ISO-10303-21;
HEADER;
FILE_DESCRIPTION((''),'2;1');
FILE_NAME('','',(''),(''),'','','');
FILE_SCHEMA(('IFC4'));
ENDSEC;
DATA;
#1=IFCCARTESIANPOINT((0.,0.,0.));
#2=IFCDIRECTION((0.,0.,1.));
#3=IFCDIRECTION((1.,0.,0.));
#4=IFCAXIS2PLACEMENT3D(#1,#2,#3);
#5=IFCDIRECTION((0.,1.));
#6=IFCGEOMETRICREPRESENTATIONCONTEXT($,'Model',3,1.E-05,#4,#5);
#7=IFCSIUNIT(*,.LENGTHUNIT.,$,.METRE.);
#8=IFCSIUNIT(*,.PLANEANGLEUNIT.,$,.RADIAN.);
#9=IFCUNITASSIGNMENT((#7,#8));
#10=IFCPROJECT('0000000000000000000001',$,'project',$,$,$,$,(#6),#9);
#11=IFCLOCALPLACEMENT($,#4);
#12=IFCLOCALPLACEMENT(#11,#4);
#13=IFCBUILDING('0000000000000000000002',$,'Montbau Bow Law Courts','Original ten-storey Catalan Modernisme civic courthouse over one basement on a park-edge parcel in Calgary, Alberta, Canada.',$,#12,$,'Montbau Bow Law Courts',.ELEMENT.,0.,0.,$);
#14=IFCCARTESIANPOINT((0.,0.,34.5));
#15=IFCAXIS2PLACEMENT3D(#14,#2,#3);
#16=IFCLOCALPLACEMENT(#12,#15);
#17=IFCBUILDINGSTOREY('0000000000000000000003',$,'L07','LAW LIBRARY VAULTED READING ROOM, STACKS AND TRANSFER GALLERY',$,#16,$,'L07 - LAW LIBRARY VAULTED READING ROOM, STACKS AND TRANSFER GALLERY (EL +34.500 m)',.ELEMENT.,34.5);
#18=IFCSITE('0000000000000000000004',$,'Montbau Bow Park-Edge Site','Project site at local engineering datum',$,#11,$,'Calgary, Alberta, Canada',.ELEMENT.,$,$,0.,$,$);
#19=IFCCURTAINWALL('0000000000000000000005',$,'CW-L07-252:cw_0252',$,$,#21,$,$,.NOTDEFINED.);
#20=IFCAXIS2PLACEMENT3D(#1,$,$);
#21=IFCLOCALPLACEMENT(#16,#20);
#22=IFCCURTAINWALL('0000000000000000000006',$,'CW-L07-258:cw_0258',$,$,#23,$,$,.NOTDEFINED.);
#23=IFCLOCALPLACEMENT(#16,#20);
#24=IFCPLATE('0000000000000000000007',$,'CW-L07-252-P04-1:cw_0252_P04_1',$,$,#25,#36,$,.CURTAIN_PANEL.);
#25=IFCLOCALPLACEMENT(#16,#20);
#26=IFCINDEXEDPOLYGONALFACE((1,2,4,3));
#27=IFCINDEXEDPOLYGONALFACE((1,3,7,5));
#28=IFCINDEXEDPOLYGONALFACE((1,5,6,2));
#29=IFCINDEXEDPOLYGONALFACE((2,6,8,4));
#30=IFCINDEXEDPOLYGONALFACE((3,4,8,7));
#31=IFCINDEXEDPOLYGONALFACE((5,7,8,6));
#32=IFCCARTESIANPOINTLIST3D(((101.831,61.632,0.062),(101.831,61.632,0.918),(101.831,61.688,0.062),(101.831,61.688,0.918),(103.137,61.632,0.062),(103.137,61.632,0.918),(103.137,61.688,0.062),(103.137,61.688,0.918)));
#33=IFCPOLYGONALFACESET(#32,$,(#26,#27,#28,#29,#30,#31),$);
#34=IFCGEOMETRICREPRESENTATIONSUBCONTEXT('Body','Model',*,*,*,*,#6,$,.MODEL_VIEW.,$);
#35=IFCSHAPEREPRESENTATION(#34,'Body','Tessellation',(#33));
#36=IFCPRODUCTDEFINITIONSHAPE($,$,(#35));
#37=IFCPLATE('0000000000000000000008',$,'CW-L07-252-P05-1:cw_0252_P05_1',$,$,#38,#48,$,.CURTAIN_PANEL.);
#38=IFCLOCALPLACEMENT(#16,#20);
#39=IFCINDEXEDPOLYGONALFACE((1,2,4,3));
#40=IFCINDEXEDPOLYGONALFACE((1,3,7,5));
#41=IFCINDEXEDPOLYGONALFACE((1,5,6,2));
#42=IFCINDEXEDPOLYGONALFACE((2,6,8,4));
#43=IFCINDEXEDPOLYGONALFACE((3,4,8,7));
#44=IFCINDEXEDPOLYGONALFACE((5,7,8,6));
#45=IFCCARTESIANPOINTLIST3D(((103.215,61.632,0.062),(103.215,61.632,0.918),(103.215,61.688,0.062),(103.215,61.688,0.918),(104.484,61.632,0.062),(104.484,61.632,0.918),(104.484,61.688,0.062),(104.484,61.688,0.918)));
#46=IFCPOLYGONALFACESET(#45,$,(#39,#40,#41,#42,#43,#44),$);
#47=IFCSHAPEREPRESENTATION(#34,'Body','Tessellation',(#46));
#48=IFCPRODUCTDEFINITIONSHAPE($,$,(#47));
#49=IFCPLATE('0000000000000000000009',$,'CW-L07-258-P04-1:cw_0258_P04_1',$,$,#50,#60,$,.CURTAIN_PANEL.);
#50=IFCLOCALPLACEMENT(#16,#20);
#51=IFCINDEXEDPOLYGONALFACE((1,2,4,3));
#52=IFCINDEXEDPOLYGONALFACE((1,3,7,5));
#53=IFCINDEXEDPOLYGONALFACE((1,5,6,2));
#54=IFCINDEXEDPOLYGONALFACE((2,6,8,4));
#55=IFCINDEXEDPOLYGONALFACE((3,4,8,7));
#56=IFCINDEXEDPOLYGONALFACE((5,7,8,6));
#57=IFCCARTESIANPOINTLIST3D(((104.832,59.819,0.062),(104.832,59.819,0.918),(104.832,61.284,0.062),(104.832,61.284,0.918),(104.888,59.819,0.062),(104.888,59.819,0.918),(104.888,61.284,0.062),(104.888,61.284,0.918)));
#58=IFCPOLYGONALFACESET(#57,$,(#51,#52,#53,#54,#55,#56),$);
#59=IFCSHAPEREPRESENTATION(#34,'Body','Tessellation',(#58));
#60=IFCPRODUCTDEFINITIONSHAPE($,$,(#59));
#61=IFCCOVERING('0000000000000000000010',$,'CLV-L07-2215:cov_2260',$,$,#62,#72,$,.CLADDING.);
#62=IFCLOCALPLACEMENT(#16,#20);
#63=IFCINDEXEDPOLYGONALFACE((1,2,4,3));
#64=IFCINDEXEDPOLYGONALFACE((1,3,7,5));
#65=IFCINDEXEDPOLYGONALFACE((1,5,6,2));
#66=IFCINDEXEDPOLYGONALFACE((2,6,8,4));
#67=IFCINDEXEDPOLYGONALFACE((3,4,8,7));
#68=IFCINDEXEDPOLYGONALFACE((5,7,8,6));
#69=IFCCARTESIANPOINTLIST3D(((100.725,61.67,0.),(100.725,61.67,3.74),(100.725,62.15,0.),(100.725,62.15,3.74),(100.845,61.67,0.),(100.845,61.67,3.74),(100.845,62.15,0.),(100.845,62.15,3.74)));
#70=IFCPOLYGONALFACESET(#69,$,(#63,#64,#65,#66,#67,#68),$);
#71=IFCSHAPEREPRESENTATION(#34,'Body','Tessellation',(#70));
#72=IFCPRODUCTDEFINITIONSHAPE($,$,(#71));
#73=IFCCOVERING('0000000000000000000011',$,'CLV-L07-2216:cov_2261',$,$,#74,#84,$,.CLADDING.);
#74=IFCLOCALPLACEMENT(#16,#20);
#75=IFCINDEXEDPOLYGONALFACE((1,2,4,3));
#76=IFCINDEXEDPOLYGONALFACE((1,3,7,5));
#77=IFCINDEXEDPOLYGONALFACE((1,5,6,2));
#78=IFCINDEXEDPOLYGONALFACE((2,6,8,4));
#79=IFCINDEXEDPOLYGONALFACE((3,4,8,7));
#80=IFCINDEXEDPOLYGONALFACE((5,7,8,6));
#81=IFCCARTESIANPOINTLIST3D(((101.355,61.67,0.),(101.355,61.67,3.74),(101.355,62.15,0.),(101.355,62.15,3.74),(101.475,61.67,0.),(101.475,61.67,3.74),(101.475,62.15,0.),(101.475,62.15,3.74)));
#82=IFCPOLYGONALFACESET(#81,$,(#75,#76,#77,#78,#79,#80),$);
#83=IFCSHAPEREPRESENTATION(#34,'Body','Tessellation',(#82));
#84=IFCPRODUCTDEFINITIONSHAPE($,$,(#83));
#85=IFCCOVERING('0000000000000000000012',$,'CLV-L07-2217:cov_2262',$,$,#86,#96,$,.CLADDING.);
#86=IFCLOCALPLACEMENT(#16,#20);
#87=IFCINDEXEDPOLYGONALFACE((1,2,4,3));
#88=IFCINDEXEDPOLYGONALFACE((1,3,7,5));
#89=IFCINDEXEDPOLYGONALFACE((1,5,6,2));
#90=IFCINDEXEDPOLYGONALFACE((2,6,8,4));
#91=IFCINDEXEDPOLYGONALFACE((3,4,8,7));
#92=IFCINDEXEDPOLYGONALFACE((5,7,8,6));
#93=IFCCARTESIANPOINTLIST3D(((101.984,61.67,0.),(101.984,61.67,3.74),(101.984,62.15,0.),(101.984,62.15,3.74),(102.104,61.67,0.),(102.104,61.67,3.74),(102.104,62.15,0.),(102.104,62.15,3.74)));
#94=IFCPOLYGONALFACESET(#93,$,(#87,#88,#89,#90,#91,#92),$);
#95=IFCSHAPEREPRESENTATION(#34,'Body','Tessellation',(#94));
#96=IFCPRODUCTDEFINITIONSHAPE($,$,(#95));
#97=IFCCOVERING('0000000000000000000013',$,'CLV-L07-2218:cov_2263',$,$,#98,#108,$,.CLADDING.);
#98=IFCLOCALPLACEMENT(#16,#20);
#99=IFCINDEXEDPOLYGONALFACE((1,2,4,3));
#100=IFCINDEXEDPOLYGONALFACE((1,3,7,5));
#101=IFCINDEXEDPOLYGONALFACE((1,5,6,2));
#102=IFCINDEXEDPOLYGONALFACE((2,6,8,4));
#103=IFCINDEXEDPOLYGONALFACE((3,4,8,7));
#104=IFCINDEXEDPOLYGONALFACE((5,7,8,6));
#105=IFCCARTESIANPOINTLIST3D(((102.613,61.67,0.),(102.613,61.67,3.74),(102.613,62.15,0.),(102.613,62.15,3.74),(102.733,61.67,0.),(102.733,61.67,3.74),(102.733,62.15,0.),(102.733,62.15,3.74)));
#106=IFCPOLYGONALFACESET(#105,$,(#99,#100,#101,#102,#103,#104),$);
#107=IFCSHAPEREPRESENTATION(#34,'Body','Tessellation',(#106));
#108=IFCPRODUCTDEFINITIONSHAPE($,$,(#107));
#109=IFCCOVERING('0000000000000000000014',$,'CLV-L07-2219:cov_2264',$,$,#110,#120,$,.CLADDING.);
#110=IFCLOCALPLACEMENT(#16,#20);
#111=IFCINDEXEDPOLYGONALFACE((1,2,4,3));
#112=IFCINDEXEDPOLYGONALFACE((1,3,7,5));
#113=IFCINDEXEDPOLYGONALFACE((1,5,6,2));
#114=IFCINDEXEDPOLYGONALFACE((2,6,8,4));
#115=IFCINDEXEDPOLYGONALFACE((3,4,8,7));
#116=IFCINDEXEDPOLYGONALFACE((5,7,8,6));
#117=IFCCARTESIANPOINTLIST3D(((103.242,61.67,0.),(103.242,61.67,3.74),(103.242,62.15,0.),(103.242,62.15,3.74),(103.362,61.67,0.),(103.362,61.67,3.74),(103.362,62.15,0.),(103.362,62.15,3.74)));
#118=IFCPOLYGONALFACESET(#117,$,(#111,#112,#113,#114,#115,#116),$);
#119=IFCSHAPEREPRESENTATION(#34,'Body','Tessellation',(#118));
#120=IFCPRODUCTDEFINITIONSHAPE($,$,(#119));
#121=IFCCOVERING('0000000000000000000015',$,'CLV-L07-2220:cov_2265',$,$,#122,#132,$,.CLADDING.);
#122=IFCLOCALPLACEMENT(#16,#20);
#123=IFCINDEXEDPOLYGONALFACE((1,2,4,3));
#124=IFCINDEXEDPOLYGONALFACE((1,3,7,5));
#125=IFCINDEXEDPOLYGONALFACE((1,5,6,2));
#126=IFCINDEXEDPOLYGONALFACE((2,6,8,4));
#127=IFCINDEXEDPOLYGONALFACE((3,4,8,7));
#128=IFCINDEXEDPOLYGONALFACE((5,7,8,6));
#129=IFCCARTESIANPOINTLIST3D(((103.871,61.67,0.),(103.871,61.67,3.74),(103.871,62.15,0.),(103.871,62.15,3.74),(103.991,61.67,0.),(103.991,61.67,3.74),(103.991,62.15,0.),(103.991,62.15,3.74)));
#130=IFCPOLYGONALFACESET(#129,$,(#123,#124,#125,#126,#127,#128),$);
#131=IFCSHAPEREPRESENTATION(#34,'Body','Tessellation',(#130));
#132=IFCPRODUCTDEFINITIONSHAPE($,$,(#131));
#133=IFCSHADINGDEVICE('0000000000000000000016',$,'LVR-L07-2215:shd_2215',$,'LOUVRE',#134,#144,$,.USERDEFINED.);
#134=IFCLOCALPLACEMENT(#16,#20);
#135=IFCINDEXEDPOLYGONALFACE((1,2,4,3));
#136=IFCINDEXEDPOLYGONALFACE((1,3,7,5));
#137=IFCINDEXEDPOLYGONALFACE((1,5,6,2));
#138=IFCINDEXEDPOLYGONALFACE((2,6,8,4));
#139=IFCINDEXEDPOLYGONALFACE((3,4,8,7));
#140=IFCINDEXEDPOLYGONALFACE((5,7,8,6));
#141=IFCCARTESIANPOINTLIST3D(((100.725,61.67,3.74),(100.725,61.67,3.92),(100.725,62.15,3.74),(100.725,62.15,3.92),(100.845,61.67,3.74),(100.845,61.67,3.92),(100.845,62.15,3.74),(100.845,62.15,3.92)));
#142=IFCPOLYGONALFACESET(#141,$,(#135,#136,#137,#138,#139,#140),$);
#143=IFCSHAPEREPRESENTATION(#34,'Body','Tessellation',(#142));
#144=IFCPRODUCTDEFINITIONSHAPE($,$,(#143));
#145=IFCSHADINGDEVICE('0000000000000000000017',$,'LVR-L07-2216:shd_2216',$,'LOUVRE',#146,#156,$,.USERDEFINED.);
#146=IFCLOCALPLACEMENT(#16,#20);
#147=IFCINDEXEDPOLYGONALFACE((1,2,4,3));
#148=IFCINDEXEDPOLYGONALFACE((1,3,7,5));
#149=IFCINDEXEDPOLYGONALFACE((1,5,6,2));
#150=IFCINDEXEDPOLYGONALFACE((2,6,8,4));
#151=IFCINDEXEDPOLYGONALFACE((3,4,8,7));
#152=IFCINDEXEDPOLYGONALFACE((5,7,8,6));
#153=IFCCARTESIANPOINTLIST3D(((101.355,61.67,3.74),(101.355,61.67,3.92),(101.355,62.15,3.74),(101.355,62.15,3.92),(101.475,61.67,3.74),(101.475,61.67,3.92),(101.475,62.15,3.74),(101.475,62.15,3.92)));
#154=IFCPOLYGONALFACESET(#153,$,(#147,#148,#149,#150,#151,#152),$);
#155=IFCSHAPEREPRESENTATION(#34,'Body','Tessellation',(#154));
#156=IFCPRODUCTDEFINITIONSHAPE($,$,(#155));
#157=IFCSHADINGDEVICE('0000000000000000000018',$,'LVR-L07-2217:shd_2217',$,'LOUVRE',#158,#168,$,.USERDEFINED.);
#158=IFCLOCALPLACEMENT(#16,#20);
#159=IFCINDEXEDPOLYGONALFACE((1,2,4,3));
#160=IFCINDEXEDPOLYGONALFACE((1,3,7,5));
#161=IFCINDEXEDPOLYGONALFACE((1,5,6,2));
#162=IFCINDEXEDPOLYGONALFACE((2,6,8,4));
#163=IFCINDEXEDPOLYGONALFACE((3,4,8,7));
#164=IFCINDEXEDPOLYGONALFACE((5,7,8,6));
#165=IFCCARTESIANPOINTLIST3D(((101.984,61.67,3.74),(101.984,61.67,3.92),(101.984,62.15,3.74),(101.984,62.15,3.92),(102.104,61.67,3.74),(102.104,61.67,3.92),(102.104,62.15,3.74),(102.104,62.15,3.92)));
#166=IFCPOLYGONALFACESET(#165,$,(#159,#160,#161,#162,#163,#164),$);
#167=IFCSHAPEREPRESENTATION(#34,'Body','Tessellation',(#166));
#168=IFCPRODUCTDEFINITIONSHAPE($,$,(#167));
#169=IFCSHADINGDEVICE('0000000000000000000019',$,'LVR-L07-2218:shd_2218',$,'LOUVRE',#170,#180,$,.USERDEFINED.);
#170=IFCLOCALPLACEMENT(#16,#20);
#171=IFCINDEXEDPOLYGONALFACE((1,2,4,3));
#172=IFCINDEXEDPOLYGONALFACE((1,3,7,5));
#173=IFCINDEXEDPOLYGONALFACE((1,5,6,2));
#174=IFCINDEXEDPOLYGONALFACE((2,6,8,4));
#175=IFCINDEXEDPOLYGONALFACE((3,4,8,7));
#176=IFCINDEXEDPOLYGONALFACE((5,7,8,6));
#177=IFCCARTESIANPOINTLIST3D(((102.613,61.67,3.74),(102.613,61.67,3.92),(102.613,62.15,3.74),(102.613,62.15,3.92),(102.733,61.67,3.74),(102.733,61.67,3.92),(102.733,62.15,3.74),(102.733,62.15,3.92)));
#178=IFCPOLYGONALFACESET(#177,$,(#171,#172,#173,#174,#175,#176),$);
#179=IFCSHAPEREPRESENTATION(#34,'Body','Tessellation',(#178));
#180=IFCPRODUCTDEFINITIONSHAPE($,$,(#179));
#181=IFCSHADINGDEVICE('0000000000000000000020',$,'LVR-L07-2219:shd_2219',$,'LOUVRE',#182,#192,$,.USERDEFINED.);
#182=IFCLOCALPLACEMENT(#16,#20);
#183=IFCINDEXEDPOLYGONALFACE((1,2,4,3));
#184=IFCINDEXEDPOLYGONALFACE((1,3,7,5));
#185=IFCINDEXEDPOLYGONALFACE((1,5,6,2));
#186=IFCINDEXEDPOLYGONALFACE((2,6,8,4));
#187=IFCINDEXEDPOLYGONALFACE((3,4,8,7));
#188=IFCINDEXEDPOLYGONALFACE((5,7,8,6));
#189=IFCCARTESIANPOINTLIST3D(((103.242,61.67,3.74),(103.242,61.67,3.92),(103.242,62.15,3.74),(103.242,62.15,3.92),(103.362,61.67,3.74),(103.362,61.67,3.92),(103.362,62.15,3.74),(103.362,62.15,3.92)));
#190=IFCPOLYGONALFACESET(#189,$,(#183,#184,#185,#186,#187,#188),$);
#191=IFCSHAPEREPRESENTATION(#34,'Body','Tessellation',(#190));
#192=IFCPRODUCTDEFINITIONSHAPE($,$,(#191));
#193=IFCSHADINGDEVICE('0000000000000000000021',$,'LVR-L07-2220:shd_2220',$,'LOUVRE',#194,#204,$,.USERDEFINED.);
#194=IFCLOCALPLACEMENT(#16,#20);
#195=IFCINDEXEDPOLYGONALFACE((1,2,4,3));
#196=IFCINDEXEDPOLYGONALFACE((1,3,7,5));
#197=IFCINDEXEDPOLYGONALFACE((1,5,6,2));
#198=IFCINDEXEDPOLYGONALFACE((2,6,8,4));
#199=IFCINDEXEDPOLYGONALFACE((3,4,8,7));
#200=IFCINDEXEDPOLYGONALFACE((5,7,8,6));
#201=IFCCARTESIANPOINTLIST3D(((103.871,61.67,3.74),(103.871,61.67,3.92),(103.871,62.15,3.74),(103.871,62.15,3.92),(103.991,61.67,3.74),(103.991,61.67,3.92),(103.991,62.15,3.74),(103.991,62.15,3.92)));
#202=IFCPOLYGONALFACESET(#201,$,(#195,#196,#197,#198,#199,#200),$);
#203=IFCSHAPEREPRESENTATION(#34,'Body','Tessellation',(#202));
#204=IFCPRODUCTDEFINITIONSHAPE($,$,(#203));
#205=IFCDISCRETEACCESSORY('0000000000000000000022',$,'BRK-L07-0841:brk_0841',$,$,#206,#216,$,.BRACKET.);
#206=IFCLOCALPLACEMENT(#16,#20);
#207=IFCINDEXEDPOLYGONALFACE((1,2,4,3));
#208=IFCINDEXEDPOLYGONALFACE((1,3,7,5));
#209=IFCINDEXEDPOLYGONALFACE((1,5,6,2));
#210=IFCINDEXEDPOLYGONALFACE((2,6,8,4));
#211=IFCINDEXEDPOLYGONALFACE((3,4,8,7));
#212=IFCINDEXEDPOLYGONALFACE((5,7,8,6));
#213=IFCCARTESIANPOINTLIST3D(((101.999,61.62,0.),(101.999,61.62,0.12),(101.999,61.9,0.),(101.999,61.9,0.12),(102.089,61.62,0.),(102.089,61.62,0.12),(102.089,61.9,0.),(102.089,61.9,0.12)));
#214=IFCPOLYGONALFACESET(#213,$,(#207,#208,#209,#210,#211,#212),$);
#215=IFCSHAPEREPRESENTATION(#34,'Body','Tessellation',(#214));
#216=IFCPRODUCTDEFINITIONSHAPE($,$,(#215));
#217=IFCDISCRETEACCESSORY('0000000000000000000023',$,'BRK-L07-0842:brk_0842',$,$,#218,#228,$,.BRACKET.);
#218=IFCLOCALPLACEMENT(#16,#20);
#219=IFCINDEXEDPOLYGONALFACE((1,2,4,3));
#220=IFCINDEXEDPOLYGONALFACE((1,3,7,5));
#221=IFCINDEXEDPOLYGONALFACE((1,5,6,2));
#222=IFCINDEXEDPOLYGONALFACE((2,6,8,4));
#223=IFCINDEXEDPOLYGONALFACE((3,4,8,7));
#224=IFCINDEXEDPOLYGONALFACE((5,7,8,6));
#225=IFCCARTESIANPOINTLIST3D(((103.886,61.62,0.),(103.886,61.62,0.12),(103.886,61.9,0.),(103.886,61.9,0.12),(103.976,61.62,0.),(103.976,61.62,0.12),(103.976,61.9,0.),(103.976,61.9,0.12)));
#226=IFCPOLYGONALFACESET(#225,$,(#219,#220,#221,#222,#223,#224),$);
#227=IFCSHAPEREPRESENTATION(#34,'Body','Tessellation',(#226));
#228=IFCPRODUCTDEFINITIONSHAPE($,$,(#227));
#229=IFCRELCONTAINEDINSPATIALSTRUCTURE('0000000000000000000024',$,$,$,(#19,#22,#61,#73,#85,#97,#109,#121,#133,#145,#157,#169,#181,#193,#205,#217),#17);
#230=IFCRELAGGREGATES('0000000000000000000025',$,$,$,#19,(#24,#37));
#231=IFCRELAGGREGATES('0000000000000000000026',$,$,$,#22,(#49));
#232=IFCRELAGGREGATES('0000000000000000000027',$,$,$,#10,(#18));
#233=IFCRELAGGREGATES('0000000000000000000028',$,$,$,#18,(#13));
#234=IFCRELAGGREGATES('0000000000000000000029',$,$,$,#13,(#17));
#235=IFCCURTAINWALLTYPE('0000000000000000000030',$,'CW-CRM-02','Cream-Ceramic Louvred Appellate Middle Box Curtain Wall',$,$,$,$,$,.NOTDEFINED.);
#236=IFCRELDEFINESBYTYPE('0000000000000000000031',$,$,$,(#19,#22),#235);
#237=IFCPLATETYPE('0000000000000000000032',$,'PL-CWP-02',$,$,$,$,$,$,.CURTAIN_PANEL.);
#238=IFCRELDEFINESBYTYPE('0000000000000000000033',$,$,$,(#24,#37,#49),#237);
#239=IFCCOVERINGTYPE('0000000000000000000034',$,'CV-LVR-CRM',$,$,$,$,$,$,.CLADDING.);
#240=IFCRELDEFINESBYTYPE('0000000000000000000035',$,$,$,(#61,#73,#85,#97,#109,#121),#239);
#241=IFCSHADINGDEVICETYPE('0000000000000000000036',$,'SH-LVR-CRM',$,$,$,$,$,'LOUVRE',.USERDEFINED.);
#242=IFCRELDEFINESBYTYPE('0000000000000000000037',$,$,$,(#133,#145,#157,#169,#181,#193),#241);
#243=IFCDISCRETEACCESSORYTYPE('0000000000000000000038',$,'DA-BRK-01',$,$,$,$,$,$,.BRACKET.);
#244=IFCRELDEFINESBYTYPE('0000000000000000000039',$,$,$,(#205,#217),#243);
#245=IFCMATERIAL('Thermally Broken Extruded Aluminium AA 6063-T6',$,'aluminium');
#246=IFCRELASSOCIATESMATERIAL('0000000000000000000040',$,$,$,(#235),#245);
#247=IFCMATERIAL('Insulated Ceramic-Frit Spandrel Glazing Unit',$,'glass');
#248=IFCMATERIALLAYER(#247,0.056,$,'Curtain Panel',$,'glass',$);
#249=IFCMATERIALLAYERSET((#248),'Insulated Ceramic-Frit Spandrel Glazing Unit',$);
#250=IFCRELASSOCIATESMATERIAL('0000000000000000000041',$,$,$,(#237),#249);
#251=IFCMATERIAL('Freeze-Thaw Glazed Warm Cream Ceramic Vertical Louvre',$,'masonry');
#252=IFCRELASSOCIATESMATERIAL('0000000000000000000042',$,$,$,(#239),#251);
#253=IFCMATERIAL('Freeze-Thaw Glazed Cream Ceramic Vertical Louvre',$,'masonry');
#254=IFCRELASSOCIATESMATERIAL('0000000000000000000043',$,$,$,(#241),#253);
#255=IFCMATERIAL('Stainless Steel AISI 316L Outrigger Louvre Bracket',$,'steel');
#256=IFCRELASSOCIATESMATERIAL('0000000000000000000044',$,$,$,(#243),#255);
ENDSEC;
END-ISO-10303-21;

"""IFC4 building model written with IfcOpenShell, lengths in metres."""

from ifc_helpers import new_model, si_unit, direction, frame, frame_2d, origin_with_axes, origin_2d_with_axis, place, context, subcontext, project, spatial, rectangle, extrude, material, layer, layer_set, type_object, element, aggregate, save


model = new_model("IFC4")

# Units and contexts
model_context = context("Model", 3, precision=1e-05, world=origin_with_axes(), true_north=direction((0.0, 1.0)))
body_context = subcontext(model_context, "Body", "Model", "MODEL_VIEW")
ifc_project = project(units=[si_unit("LENGTHUNIT", "METRE"), si_unit("PLANEANGLEUNIT", "RADIAN")], contexts=[model_context])

# Site, building, storey
site_placement = place(None, origin_with_axes())
site = spatial("IfcSite", under=ifc_project, at=site_placement, Name="Montbau Bow Park-Edge Site", Description="Project site at local engineering datum", LongName="Calgary, Alberta, Canada", CompositionType="ELEMENT", RefElevation=0.0)
building_placement = place(site_placement, origin_with_axes())
building = spatial("IfcBuilding", under=site, at=building_placement, Name="Montbau Bow Law Courts", Description="Original ten-storey Catalan Modernisme civic courthouse over one basement on a park-edge parcel in Calgary, Alberta, Canada.", LongName="Montbau Bow Law Courts", CompositionType="ELEMENT", ElevationOfRefHeight=0.0, ElevationOfTerrain=0.0)
storey_placement = place(building_placement, frame((0.0, 0.0, 34.5), z_axis=(0.0, 0.0, 1.0), x_axis=(1.0, 0.0, 0.0)))
storey = spatial("IfcBuildingStorey", under=building, at=storey_placement, Name="L07", Description="LAW LIBRARY VAULTED READING ROOM, STACKS AND TRANSFER GALLERY", LongName="L07 - LAW LIBRARY VAULTED READING ROOM, STACKS AND TRANSFER GALLERY (EL +34.500 m)", CompositionType="ELEMENT", Elevation=34.5)

# Curtain wall
ifc_material_1 = material(Name="Thermally Broken Extruded Aluminium AA 6063-T6", Category="aluminium")
curtain_wall_type = type_object("IfcCurtainWallType", Name="CW-CRM-02", Description="Cream-Ceramic Louvred Appellate Middle Box Curtain Wall", PredefinedType="NOTDEFINED", material=ifc_material_1)
curtain_wall_1_placement = place(None, frame((97.64, 61.66, 34.5), z_axis=(0.0, 0.0, 1.0), x_axis=(1.0, 0.0, 0.0)))
curtain_wall_1 = element("IfcCurtainWall", 1, at=curtain_wall_1_placement, inside=storey, type_object=curtain_wall_type, Name="CW-L07-252:cw_0252", PredefinedType="NOTDEFINED")

# Curtain wall
curtain_wall_2_placement = place(None, frame((104.86, 55.04, 34.5), z_axis=(0.0, 0.0, 1.0), x_axis=(1.0, 0.0, 0.0)))
curtain_wall_2 = element("IfcCurtainWall", 2, at=curtain_wall_2_placement, inside=storey, type_object=curtain_wall_type, Name="CW-L07-258:cw_0258", PredefinedType="NOTDEFINED")

# Plates
ifc_material_2 = material(Name="Insulated Ceramic-Frit Spandrel Glazing Unit", Category="glass")
ifc_layer_1 = layer(ifc_material_2, 0.056, Name="Curtain Panel", Category="glass")
ifc_layer_set_1 = layer_set([ifc_layer_1], Name="Insulated Ceramic-Frit Spandrel Glazing Unit")
plate_type_1 = type_object("IfcPlateType", Name="PL-CWP-02", PredefinedType="CURTAIN_PANEL", material=ifc_layer_set_1)
plate_1_placement = place(None, frame((101.831, 61.66, 34.562), z_axis=(0.0, -1.0, 0.0), x_axis=(1.0, 0.0, 0.0)))
plate_1 = element("IfcPlate", 3, at=plate_1_placement, type_object=plate_type_1, Name="CW-L07-252-P04-1:cw_0252_P04_1", PredefinedType="CURTAIN_PANEL", context=body_context, shape_type="SweptSolid", body=[
    extrude(rectangle(XDim=1.306, YDim=0.856, at=frame_2d((0.653, 0.428), x_axis=(1.0, 0.0))), frame((0.0, 0.0, -0.028), z_axis=(0.0, 0.0, 1.0), x_axis=(1.0, 0.0, 0.0)), (0.0, 0.0, 1.0), 0.056),
])
plate_2_placement = place(None, frame((103.215, 61.66, 34.562), z_axis=(0.0, -1.0, 0.0), x_axis=(1.0, 0.0, 0.0)))
plate_2 = element("IfcPlate", 4, at=plate_2_placement, type_object=plate_type_1, Name="CW-L07-252-P05-1:cw_0252_P05_1", PredefinedType="CURTAIN_PANEL", context=body_context, shape_type="SweptSolid", body=[
    extrude(rectangle(XDim=1.269, YDim=0.856, at=frame_2d((0.6345, 0.428), x_axis=(1.0, 0.0))), frame((0.0, 0.0, -0.028), z_axis=(0.0, 0.0, 1.0), x_axis=(1.0, 0.0, 0.0)), (0.0, 0.0, 1.0), 0.056),
])
aggregate(curtain_wall_1, [plate_1, plate_2])
plate_3_placement = place(None, frame((104.86, 59.819, 34.562), z_axis=(1.0, 0.0, 0.0), x_axis=(0.0, 1.0, 0.0)))
plate_3 = element("IfcPlate", 5, at=plate_3_placement, type_object=plate_type_1, Name="CW-L07-258-P04-1:cw_0258_P04_1", PredefinedType="CURTAIN_PANEL", context=body_context, shape_type="SweptSolid", body=[
    extrude(rectangle(XDim=1.465, YDim=0.856, at=frame_2d((0.7325, 0.428), x_axis=(1.0, 0.0))), frame((0.0, 0.0, -0.028), z_axis=(0.0, 0.0, 1.0), x_axis=(1.0, 0.0, 0.0)), (0.0, 0.0, 1.0), 0.056),
])
aggregate(curtain_wall_2, [plate_3])

# Coverings
ifc_material_3 = material(Name="Freeze-Thaw Glazed Warm Cream Ceramic Vertical Louvre", Category="masonry")
covering_type = type_object("IfcCoveringType", Name="CV-LVR-CRM", PredefinedType="CLADDING", material=ifc_material_3)
for number, where, z_axis, x_axis, name in (
    (6, (100.785, 61.67, 34.5), (1.0, 0.0, 0.0), (0.0, 1.0, 0.0), "CLV-L07-2215:cov_2260"),
    (7, (101.415, 61.67, 34.5), (1.0, 0.0, 0.0), (0.0, 1.0, 0.0), "CLV-L07-2216:cov_2261"),
    (8, (102.044, 61.67, 34.5), (1.0, 0.0, 0.0), (0.0, 1.0, 0.0), "CLV-L07-2217:cov_2262"),
    (9, (102.673, 61.67, 34.5), (1.0, 0.0, 0.0), (0.0, 1.0, 0.0), "CLV-L07-2218:cov_2263"),
    (10, (103.302, 61.67, 34.5), (1.0, 0.0, 0.0), (0.0, 1.0, 0.0), "CLV-L07-2219:cov_2264"),
    (11, (103.931, 61.67, 34.5), (1.0, 0.0, 0.0), (0.0, 1.0, 0.0), "CLV-L07-2220:cov_2265"),
):
    element("IfcCovering", number, at=place(None, frame(where, z_axis=z_axis, x_axis=x_axis)), inside=storey, type_object=covering_type, Name=name, PredefinedType="CLADDING", context=body_context, shape_type="SweptSolid", body=[
        extrude(rectangle(XDim=0.48, YDim=3.74, at=frame_2d((0.24, 1.87), x_axis=(1.0, 0.0))), frame((0.0, 0.0, -0.06), z_axis=(0.0, 0.0, 1.0), x_axis=(1.0, 0.0, 0.0)), (0.0, 0.0, 1.0), 0.12),
    ])

# Shading devices
ifc_material_4 = material(Name="Freeze-Thaw Glazed Cream Ceramic Vertical Louvre", Category="masonry")
shading_device_type = type_object("IfcShadingDeviceType", Name="SH-LVR-CRM", ElementType="LOUVRE", PredefinedType="USERDEFINED", material=ifc_material_4)
for number, where, z_axis, x_axis, name in (
    (12, (100.785, 61.91, 38.24), (0.0, 0.0, 1.0), (0.0, 1.0, 0.0), "LVR-L07-2215:shd_2215"),
    (13, (101.415, 61.91, 38.24), (0.0, 0.0, 1.0), (0.0, 1.0, 0.0), "LVR-L07-2216:shd_2216"),
    (14, (102.044, 61.91, 38.24), (0.0, 0.0, 1.0), (0.0, 1.0, 0.0), "LVR-L07-2217:shd_2217"),
    (15, (102.673, 61.91, 38.24), (0.0, 0.0, 1.0), (0.0, 1.0, 0.0), "LVR-L07-2218:shd_2218"),
    (16, (103.302, 61.91, 38.24), (0.0, 0.0, 1.0), (0.0, 1.0, 0.0), "LVR-L07-2219:shd_2219"),
    (17, (103.931, 61.91, 38.24), (0.0, 0.0, 1.0), (0.0, 1.0, 0.0), "LVR-L07-2220:shd_2220"),
):
    element("IfcShadingDevice", number, at=place(None, frame(where, z_axis=z_axis, x_axis=x_axis)), inside=storey, type_object=shading_device_type, Name=name, ObjectType="LOUVRE", PredefinedType="USERDEFINED", context=body_context, shape_type="SweptSolid", body=[
        extrude(rectangle(XDim=0.48, YDim=0.12, at=origin_2d_with_axis()), origin_with_axes(), (0.0, 0.0, 1.0), 0.18),
    ])

# Discrete accessories
ifc_material_5 = material(Name="Stainless Steel AISI 316L Outrigger Louvre Bracket", Category="steel")
discrete_accessory_type = type_object("IfcDiscreteAccessoryType", Name="DA-BRK-01", PredefinedType="BRACKET", material=ifc_material_5)
for number, where, z_axis, x_axis, name in (
    (18, (102.044, 61.76, 34.5), (0.0, 0.0, 1.0), (0.0, 1.0, 0.0), "BRK-L07-0841:brk_0841"),
    (19, (103.931, 61.76, 34.5), (0.0, 0.0, 1.0), (0.0, 1.0, 0.0), "BRK-L07-0842:brk_0842"),
):
    element("IfcDiscreteAccessory", number, at=place(None, frame(where, z_axis=z_axis, x_axis=x_axis)), inside=storey, type_object=discrete_accessory_type, Name=name, PredefinedType="BRACKET", context=body_context, shape_type="SweptSolid", body=[
        extrude(rectangle(XDim=0.28, YDim=0.09, at=origin_2d_with_axis()), origin_with_axes(), (0.0, 0.0, 1.0), 0.12),
    ])

save(model, "model.ifc")
